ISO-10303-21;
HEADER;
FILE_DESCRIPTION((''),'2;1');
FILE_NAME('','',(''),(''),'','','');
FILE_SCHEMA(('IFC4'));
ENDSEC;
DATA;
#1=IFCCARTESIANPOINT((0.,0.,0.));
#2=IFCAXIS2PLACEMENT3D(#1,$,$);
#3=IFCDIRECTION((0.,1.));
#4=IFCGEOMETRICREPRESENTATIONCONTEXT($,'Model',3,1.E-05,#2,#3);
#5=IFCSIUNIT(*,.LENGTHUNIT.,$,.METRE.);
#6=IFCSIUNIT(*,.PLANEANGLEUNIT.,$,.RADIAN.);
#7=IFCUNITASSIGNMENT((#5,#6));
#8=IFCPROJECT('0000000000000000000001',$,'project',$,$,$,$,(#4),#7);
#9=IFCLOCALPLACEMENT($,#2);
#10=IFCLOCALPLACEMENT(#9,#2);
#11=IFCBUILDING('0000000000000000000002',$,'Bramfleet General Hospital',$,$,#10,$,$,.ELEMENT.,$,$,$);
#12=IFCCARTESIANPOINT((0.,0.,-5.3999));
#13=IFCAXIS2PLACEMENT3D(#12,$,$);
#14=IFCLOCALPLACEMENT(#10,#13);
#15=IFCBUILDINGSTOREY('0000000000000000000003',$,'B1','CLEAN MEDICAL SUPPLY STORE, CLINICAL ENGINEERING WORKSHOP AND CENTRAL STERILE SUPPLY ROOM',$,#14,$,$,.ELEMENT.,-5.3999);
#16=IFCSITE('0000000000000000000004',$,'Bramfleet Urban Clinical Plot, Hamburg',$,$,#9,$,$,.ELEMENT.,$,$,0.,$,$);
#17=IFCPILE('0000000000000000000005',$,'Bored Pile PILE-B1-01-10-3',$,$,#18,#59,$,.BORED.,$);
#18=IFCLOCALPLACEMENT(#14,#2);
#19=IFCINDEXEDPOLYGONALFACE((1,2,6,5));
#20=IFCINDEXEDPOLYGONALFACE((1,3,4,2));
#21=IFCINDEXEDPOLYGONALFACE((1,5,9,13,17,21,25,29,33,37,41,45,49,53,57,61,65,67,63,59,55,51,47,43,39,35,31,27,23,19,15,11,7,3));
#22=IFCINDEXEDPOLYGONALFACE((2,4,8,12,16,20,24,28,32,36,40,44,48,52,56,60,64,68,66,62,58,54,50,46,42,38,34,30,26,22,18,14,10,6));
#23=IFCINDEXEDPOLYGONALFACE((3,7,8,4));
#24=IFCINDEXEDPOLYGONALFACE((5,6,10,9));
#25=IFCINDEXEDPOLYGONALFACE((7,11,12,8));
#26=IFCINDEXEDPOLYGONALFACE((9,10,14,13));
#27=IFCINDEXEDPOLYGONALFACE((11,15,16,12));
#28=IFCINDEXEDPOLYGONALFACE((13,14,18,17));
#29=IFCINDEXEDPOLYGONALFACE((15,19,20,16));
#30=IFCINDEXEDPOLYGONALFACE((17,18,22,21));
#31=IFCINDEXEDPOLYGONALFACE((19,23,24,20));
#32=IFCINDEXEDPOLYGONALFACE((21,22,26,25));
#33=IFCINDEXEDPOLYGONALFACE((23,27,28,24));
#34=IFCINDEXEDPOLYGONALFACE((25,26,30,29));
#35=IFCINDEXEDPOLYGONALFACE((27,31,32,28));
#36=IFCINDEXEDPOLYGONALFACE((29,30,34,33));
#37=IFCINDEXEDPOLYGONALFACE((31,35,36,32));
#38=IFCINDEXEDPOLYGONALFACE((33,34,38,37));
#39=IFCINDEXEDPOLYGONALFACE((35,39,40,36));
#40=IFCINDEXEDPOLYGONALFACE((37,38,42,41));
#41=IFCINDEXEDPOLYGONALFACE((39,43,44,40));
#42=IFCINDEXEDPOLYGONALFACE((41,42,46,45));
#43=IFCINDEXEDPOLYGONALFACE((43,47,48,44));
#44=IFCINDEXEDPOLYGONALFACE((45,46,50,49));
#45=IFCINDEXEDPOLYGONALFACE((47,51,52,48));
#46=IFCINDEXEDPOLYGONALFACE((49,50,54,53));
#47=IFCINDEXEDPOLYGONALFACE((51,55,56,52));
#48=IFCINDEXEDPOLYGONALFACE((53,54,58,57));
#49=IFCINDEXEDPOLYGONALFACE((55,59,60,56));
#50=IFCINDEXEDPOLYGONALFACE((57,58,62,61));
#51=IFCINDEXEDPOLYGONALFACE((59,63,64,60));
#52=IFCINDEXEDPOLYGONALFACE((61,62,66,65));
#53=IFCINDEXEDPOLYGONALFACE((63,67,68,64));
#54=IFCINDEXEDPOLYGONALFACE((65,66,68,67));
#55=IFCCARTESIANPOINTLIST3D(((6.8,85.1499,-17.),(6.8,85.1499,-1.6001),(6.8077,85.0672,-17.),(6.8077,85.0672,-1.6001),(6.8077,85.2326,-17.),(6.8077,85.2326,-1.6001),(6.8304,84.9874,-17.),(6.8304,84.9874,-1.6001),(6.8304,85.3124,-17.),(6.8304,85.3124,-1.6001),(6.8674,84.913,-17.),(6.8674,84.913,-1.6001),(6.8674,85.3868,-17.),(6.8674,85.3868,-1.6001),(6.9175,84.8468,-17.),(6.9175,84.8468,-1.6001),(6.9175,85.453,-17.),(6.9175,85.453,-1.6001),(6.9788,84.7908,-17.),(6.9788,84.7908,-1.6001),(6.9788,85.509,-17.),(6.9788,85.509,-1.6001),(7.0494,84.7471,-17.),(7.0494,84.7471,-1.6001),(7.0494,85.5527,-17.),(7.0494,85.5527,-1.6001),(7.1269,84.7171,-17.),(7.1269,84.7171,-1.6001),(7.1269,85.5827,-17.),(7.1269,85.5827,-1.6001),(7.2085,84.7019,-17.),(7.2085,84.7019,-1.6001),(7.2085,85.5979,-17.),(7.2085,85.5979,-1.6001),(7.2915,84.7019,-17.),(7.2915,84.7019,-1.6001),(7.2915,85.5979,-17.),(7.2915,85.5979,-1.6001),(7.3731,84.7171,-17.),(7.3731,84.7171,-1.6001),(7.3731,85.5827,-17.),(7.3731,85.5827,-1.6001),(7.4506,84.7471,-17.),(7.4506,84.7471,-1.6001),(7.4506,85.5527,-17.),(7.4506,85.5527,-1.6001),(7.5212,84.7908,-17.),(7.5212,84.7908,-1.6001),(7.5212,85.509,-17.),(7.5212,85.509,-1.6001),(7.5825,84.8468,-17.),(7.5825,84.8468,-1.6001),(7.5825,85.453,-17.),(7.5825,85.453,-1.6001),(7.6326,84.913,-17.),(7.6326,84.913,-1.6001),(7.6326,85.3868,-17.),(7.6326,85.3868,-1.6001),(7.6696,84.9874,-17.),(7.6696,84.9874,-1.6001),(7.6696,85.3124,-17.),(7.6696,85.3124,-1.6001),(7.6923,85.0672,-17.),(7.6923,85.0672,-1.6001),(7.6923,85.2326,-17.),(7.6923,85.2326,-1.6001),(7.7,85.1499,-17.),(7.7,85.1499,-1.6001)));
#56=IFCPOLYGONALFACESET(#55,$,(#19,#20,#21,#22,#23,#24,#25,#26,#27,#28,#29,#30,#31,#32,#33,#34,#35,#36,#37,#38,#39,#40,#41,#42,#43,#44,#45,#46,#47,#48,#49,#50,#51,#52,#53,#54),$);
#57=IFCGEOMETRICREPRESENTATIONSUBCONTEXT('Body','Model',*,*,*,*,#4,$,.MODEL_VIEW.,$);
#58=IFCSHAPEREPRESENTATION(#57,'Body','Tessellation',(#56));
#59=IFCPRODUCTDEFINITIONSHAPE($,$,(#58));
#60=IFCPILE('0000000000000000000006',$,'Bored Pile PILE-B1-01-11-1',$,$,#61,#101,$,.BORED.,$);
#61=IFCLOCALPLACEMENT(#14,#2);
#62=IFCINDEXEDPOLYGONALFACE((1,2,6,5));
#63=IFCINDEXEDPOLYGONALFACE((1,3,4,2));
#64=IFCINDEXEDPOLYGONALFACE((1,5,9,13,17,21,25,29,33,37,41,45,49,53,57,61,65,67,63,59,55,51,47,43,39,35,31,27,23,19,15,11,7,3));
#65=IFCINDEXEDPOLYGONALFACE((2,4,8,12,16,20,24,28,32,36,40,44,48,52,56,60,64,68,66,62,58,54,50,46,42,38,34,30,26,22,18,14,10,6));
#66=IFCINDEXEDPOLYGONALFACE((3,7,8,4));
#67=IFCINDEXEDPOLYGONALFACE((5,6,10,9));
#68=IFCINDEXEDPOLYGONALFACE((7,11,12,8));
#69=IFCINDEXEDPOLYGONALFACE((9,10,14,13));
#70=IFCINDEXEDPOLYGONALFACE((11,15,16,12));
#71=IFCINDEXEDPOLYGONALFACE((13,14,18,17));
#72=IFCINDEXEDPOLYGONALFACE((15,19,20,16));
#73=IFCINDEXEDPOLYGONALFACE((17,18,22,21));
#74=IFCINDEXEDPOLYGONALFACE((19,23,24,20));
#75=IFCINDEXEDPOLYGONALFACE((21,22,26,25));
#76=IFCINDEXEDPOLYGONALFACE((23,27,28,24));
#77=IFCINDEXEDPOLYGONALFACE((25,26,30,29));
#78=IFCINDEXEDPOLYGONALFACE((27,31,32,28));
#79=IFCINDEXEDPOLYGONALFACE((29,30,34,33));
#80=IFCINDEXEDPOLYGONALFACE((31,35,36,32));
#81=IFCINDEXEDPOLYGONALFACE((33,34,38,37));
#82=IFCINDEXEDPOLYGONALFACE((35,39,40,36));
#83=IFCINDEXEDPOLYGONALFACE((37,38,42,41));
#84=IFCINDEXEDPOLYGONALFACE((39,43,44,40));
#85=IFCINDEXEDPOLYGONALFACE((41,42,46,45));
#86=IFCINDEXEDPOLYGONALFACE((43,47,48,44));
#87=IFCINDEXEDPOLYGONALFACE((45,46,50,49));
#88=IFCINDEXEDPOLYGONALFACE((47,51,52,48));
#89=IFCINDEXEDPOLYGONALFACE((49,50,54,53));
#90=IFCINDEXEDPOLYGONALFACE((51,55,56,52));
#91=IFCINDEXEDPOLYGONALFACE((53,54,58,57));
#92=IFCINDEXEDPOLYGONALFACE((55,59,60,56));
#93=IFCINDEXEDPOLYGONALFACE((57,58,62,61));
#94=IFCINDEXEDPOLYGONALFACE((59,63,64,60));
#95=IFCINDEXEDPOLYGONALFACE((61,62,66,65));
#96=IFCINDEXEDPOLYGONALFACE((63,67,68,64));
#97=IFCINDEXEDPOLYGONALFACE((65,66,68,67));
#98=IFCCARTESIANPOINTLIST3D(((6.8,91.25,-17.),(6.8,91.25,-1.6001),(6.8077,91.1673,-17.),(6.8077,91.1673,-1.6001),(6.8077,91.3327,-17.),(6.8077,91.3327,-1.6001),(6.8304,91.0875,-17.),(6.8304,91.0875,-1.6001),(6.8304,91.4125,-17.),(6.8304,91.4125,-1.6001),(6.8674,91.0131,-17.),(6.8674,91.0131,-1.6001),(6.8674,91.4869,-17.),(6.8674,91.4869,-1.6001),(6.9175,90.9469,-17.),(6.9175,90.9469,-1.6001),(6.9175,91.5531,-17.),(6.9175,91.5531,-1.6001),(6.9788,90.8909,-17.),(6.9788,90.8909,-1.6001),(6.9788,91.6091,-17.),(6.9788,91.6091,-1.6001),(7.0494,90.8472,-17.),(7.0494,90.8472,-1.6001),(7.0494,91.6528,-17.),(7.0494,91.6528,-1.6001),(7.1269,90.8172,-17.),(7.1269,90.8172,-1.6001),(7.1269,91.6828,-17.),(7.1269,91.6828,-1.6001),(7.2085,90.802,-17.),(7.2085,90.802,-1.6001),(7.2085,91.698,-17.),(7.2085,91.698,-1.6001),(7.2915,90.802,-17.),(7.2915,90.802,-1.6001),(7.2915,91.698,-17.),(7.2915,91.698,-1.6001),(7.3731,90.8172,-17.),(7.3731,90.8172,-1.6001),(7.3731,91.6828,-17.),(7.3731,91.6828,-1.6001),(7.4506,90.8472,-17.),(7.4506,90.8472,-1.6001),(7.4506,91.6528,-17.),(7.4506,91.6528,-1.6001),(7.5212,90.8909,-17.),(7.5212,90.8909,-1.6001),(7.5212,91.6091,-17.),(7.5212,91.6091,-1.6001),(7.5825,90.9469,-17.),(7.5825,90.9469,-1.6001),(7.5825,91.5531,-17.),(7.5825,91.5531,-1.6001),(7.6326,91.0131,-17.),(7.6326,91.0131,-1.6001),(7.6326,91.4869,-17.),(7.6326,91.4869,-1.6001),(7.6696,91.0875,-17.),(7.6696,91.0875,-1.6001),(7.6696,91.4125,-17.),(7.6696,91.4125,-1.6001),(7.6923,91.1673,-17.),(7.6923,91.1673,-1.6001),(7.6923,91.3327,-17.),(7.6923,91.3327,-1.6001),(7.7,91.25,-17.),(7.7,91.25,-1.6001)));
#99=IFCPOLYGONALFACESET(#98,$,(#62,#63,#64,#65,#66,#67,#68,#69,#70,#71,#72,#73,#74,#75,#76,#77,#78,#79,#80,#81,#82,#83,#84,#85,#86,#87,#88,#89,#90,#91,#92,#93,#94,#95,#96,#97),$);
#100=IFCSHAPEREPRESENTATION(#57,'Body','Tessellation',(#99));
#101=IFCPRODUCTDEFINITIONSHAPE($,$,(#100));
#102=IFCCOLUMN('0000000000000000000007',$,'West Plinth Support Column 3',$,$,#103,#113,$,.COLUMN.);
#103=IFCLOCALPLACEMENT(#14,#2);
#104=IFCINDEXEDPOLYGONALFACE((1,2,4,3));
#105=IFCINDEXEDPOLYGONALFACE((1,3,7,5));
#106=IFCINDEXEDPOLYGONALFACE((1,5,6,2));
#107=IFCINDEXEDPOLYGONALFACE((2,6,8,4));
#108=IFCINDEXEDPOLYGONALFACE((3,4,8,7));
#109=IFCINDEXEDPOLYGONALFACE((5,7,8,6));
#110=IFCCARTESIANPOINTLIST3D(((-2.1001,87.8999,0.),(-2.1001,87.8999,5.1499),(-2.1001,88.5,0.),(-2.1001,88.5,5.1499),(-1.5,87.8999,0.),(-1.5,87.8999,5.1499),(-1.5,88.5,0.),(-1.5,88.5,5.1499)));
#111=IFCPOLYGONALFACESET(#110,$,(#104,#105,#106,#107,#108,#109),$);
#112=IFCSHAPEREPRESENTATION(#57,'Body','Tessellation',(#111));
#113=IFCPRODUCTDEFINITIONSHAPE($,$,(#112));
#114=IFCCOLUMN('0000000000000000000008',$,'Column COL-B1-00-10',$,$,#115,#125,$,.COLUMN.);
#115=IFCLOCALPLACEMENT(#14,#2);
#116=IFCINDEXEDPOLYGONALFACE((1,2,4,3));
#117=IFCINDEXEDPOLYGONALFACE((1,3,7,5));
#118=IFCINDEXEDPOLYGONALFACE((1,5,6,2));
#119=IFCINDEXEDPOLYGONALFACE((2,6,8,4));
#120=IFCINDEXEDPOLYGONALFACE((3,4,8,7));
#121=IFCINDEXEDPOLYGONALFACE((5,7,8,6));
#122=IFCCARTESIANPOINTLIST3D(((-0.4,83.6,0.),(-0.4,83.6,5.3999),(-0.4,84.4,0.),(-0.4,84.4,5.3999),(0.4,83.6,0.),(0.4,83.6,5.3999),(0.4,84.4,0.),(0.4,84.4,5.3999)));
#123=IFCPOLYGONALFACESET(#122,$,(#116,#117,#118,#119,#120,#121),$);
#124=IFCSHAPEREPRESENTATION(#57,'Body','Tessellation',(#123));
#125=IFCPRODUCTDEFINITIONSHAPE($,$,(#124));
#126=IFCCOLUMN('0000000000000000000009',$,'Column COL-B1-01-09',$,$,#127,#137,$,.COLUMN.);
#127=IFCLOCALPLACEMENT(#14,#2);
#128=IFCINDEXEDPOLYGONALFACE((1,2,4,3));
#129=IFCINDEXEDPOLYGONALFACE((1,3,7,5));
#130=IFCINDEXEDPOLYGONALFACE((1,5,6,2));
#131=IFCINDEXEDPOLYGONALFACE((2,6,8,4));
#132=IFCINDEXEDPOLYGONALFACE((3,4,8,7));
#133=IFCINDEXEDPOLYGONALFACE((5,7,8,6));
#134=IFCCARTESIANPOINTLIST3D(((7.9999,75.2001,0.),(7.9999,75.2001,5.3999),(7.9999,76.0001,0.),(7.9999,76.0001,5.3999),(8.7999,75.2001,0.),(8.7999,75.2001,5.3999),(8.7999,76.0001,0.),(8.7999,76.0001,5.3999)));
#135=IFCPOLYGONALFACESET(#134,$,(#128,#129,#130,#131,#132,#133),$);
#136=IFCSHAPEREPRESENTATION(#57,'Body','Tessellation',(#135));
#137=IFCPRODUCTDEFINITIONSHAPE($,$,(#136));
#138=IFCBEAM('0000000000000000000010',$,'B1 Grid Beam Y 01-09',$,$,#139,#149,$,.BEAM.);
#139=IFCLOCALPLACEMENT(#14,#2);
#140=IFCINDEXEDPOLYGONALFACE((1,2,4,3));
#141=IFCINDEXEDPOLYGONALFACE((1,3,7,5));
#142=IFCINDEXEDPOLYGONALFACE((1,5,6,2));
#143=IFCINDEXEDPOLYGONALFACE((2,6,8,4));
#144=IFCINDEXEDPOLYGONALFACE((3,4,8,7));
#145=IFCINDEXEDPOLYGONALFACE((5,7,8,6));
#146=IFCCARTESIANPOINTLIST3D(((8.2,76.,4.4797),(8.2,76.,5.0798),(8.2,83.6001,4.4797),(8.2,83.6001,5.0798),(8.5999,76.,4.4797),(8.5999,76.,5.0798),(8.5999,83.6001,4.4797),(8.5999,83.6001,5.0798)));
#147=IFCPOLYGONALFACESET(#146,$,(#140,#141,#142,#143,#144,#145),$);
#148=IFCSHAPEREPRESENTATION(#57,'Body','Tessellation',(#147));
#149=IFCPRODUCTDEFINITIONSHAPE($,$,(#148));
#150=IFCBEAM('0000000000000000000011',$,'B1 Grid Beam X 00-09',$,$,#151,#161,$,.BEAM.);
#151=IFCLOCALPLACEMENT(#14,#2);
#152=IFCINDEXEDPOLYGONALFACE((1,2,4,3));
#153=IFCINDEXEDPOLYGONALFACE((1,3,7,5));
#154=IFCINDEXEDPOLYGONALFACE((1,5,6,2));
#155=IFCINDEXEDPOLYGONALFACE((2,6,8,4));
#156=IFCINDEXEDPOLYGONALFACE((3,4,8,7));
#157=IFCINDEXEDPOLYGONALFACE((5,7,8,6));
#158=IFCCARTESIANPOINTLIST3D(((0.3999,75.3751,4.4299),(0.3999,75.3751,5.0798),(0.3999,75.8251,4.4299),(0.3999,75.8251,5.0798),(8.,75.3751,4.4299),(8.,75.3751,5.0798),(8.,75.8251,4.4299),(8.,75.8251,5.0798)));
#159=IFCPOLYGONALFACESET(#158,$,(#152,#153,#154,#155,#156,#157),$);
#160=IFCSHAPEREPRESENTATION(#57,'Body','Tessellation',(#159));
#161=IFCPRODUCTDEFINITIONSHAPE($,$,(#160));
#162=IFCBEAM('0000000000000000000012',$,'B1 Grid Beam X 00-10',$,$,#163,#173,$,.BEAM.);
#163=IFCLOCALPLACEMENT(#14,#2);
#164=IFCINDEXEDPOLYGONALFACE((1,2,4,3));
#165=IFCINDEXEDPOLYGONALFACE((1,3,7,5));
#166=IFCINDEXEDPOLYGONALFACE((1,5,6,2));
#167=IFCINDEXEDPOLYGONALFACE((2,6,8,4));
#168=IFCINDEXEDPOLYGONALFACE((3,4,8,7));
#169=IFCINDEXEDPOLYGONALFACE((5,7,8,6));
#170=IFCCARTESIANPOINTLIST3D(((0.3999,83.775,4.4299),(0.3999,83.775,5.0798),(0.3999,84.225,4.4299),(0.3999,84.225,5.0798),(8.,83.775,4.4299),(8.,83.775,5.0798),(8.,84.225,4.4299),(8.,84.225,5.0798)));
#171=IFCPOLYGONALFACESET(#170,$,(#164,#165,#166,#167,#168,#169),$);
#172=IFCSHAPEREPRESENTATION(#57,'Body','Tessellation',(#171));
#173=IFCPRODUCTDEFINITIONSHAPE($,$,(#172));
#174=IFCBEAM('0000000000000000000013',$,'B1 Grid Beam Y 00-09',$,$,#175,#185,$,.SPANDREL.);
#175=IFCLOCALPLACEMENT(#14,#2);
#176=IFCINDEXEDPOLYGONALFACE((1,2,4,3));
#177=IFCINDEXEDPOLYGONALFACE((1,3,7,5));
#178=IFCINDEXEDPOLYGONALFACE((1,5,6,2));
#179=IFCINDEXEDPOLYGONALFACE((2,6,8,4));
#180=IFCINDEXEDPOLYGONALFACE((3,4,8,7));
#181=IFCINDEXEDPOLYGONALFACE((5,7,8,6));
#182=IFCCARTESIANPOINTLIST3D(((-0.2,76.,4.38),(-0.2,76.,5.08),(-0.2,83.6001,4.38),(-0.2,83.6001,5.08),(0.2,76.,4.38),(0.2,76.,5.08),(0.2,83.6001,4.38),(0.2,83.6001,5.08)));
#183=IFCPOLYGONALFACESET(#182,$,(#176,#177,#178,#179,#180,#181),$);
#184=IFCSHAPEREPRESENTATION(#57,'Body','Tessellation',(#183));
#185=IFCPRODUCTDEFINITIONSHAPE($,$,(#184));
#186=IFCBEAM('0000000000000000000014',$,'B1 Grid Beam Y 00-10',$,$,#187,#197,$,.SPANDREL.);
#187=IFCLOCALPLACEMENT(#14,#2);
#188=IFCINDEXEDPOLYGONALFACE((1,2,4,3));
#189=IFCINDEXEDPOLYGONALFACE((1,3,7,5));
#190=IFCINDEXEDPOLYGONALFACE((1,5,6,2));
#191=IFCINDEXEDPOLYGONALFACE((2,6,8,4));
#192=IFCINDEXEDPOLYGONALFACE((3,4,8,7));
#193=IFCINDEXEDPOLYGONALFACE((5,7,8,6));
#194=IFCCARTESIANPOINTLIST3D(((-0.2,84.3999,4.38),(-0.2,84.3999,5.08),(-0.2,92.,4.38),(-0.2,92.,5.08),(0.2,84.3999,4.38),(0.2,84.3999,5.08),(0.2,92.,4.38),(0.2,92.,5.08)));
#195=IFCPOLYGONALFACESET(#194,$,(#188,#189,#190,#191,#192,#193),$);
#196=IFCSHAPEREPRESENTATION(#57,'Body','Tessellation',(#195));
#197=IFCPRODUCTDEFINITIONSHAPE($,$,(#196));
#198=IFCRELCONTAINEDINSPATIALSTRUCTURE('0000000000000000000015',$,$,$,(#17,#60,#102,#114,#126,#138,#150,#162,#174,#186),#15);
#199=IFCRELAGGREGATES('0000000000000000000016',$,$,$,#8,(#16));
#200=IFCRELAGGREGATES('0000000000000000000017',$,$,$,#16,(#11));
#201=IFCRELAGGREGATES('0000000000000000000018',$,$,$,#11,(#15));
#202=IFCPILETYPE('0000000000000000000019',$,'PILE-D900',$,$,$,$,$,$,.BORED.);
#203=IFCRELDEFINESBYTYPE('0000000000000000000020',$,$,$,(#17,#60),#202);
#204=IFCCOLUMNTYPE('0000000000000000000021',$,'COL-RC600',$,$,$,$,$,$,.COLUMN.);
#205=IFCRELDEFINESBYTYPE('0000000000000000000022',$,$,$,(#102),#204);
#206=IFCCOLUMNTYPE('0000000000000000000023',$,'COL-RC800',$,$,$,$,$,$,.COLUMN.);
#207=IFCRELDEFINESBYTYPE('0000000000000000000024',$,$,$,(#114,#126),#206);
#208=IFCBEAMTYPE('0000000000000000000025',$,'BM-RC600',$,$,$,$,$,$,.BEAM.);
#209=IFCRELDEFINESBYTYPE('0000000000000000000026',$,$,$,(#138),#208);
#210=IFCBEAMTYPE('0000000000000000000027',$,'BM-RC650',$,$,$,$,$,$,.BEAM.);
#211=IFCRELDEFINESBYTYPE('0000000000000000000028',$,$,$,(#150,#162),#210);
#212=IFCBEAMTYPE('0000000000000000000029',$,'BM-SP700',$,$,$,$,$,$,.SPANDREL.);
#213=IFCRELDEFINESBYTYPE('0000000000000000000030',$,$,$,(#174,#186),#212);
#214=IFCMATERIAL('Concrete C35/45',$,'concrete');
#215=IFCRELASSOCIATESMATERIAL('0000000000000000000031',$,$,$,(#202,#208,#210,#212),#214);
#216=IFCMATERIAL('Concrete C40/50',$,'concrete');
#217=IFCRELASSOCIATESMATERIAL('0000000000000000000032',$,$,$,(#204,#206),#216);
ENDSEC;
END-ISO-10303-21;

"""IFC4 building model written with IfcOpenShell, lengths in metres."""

from ifc_helpers import new_model, si_unit, direction, frame, origin, origin_2d, place, context, subcontext, project, spatial, rectangle, circle, extrude, material, material_profile, profile_set, type_object, element, save


model = new_model("IFC4")

# Units and contexts
model_context = context("Model", 3, precision=1e-05, world=origin(), true_north=direction((0.0, 1.0)))
body_context = subcontext(model_context, "Body", "Model", "MODEL_VIEW")
ifc_project = project(units=[si_unit("LENGTHUNIT", "METRE"), si_unit("PLANEANGLEUNIT", "RADIAN")], contexts=[model_context])

# Site, building, storey
site_placement = place(None, origin())
site = spatial("IfcSite", under=ifc_project, at=site_placement, Name="Bramfleet Urban Clinical Plot, Hamburg", CompositionType="ELEMENT", RefElevation=0.0)
building_placement = place(site_placement, origin())
building = spatial("IfcBuilding", under=site, at=building_placement, Name="Bramfleet General Hospital", CompositionType="ELEMENT")
storey_placement = place(building_placement, frame((0.0, 0.0, -5.3999)))
storey = spatial("IfcBuildingStorey", under=building, at=storey_placement, Name="B1", Description="CLEAN MEDICAL SUPPLY STORE, CLINICAL ENGINEERING WORKSHOP AND CENTRAL STERILE SUPPLY ROOM", CompositionType="ELEMENT", Elevation=-5.3999)

# Shared definitions
ifc_material_1 = material(Name="Concrete C35/45", Category="concrete")

# Piles
ifc_material_profile_1 = material_profile(ifc_material_1, circle(Radius=0.45, at=origin_2d()), Name="PILE BORED D900")
ifc_profile_set_1 = profile_set([ifc_material_profile_1], Name="Concrete C35/45")
pile_type = type_object("IfcPileType", Name="PILE-D900", PredefinedType="BORED", material=ifc_profile_set_1)
for number, where, z_axis, x_axis, name in (
    (1, (7.25, 85.1499, -1.6001), (0.0, 0.0, -1.0), (1.0, 0.0, 0.0), "Bored Pile PILE-B1-01-10-3"),
    (2, (7.25, 91.25, -1.6001), (0.0, 0.0, -1.0), (1.0, 0.0, 0.0), "Bored Pile PILE-B1-01-11-1"),
):
    element("IfcPile", number, at=place(storey_placement, frame(where, z_axis=z_axis, x_axis=x_axis)), inside=storey, type_object=pile_type, Name=name, PredefinedType="BORED", context=body_context, shape_type="SweptSolid", body=[
        extrude(circle(Radius=0.45, at=origin_2d()), origin(), (0.0, 0.0, 1.0), 15.3999),
    ])

# Columns
ifc_material_2 = material(Name="Concrete C40/50", Category="concrete")
ifc_material_profile_2 = material_profile(ifc_material_2, rectangle(XDim=0.6001, YDim=0.6001, at=origin_2d()), Name="RC COL 600x600")
ifc_profile_set_2 = profile_set([ifc_material_profile_2], Name="Concrete C40/50")
column_type_1 = type_object("IfcColumnType", Name="COL-RC600", PredefinedType="COLUMN", material=ifc_profile_set_2)
column_placement = place(storey_placement, frame((-1.8, 88.2, 0.0), z_axis=(0.0, 0.0, 1.0), x_axis=(1.0, 0.0, 0.0)))
element("IfcColumn", 3, at=column_placement, inside=storey, type_object=column_type_1, Name="West Plinth Support Column 3", PredefinedType="COLUMN", context=body_context, shape_type="SweptSolid", body=[
    extrude(rectangle(XDim=0.6001, YDim=0.6001, at=origin_2d()), origin(), (0.0, 0.0, 1.0), 5.1499),
])
ifc_material_profile_3 = material_profile(ifc_material_2, rectangle(XDim=0.8, YDim=0.8, at=origin_2d()), Name="RC COL 800x800")
ifc_profile_set_3 = profile_set([ifc_material_profile_3], Name="Concrete C40/50")
column_type_2 = type_object("IfcColumnType", Name="COL-RC800", PredefinedType="COLUMN", material=ifc_profile_set_3)
for number, where, z_axis, x_axis, name in (
    (4, (0.0, 84.0, 0.0), (0.0, 0.0, 1.0), (1.0, 0.0, 0.0), "Column COL-B1-00-10"),
    (5, (8.3999, 75.6001, 0.0), (0.0, 0.0, 1.0), (1.0, 0.0, 0.0), "Column COL-B1-01-09"),
):
    element("IfcColumn", number, at=place(storey_placement, frame(where, z_axis=z_axis, x_axis=x_axis)), inside=storey, type_object=column_type_2, Name=name, PredefinedType="COLUMN", context=body_context, shape_type="SweptSolid", body=[
        extrude(rectangle(XDim=0.8, YDim=0.8, at=origin_2d()), origin(), (0.0, 0.0, 1.0), 5.3999),
    ])

# Beams
ifc_material_profile_4 = material_profile(ifc_material_1, rectangle(XDim=0.3999, YDim=0.6001, at=origin_2d()), Name="RC BM 600x400")
ifc_profile_set_4 = profile_set([ifc_material_profile_4], Name="Concrete C35/45")
beam_type_1 = type_object("IfcBeamType", Name="BM-RC600", PredefinedType="BEAM", material=ifc_profile_set_4)
beam_placement = place(storey_placement, frame((8.3999, 76.0, 4.7798), z_axis=(0.0, 1.0, 0.0), x_axis=(-1.0, 0.0, 0.0)))
element("IfcBeam", 6, at=beam_placement, inside=storey, type_object=beam_type_1, Name="B1 Grid Beam Y 01-09", PredefinedType="BEAM", context=body_context, shape_type="SweptSolid", body=[
    extrude(rectangle(XDim=0.3999, YDim=0.6001, at=origin_2d()), origin(), (0.0, 0.0, 1.0), 7.6001),
])
ifc_material_profile_5 = material_profile(ifc_material_1, rectangle(XDim=0.45, YDim=0.6499, at=origin_2d()), Name="RC BM 650x450")
ifc_profile_set_5 = profile_set([ifc_material_profile_5], Name="Concrete C35/45")
beam_type_2 = type_object("IfcBeamType", Name="BM-RC650", PredefinedType="BEAM", material=ifc_profile_set_5)
for number, where, z_axis, x_axis, name in (
    (7, (0.3999, 75.6001, 4.7549), (1.0, 0.0, 0.0), (0.0, 1.0, 0.0), "B1 Grid Beam X 00-09"),
    (8, (0.3999, 84.0, 4.7549), (1.0, 0.0, 0.0), (0.0, 1.0, 0.0), "B1 Grid Beam X 00-10"),
):
    element("IfcBeam", number, at=place(storey_placement, frame(where, z_axis=z_axis, x_axis=x_axis)), inside=storey, type_object=beam_type_2, Name=name, PredefinedType="BEAM", context=body_context, shape_type="SweptSolid", body=[
        extrude(rectangle(XDim=0.45, YDim=0.6499, at=origin_2d()), origin(), (0.0, 0.0, 1.0), 7.6001),
    ])
ifc_material_profile_6 = material_profile(ifc_material_1, rectangle(XDim=0.3999, YDim=0.7, at=origin_2d()), Name="RC SP 700x400")
ifc_profile_set_6 = profile_set([ifc_material_profile_6], Name="Concrete C35/45")
beam_type_3 = type_object("IfcBeamType", Name="BM-SP700", PredefinedType="SPANDREL", material=ifc_profile_set_6)
for number, where, z_axis, x_axis, name in (
    (9, (0.0, 76.0, 4.73), (0.0, 1.0, 0.0), (-1.0, 0.0, 0.0), "B1 Grid Beam Y 00-09"),
    (10, (0.0, 84.3999, 4.73), (0.0, 1.0, 0.0), (-1.0, 0.0, 0.0), "B1 Grid Beam Y 00-10"),
):
    element("IfcBeam", number, at=place(storey_placement, frame(where, z_axis=z_axis, x_axis=x_axis)), inside=storey, type_object=beam_type_3, Name=name, PredefinedType="SPANDREL", context=body_context, shape_type="SweptSolid", body=[
        extrude(rectangle(XDim=0.3999, YDim=0.7, at=origin_2d()), origin(), (0.0, 0.0, 1.0), 7.6001),
    ])

save(model, "model.ifc")
